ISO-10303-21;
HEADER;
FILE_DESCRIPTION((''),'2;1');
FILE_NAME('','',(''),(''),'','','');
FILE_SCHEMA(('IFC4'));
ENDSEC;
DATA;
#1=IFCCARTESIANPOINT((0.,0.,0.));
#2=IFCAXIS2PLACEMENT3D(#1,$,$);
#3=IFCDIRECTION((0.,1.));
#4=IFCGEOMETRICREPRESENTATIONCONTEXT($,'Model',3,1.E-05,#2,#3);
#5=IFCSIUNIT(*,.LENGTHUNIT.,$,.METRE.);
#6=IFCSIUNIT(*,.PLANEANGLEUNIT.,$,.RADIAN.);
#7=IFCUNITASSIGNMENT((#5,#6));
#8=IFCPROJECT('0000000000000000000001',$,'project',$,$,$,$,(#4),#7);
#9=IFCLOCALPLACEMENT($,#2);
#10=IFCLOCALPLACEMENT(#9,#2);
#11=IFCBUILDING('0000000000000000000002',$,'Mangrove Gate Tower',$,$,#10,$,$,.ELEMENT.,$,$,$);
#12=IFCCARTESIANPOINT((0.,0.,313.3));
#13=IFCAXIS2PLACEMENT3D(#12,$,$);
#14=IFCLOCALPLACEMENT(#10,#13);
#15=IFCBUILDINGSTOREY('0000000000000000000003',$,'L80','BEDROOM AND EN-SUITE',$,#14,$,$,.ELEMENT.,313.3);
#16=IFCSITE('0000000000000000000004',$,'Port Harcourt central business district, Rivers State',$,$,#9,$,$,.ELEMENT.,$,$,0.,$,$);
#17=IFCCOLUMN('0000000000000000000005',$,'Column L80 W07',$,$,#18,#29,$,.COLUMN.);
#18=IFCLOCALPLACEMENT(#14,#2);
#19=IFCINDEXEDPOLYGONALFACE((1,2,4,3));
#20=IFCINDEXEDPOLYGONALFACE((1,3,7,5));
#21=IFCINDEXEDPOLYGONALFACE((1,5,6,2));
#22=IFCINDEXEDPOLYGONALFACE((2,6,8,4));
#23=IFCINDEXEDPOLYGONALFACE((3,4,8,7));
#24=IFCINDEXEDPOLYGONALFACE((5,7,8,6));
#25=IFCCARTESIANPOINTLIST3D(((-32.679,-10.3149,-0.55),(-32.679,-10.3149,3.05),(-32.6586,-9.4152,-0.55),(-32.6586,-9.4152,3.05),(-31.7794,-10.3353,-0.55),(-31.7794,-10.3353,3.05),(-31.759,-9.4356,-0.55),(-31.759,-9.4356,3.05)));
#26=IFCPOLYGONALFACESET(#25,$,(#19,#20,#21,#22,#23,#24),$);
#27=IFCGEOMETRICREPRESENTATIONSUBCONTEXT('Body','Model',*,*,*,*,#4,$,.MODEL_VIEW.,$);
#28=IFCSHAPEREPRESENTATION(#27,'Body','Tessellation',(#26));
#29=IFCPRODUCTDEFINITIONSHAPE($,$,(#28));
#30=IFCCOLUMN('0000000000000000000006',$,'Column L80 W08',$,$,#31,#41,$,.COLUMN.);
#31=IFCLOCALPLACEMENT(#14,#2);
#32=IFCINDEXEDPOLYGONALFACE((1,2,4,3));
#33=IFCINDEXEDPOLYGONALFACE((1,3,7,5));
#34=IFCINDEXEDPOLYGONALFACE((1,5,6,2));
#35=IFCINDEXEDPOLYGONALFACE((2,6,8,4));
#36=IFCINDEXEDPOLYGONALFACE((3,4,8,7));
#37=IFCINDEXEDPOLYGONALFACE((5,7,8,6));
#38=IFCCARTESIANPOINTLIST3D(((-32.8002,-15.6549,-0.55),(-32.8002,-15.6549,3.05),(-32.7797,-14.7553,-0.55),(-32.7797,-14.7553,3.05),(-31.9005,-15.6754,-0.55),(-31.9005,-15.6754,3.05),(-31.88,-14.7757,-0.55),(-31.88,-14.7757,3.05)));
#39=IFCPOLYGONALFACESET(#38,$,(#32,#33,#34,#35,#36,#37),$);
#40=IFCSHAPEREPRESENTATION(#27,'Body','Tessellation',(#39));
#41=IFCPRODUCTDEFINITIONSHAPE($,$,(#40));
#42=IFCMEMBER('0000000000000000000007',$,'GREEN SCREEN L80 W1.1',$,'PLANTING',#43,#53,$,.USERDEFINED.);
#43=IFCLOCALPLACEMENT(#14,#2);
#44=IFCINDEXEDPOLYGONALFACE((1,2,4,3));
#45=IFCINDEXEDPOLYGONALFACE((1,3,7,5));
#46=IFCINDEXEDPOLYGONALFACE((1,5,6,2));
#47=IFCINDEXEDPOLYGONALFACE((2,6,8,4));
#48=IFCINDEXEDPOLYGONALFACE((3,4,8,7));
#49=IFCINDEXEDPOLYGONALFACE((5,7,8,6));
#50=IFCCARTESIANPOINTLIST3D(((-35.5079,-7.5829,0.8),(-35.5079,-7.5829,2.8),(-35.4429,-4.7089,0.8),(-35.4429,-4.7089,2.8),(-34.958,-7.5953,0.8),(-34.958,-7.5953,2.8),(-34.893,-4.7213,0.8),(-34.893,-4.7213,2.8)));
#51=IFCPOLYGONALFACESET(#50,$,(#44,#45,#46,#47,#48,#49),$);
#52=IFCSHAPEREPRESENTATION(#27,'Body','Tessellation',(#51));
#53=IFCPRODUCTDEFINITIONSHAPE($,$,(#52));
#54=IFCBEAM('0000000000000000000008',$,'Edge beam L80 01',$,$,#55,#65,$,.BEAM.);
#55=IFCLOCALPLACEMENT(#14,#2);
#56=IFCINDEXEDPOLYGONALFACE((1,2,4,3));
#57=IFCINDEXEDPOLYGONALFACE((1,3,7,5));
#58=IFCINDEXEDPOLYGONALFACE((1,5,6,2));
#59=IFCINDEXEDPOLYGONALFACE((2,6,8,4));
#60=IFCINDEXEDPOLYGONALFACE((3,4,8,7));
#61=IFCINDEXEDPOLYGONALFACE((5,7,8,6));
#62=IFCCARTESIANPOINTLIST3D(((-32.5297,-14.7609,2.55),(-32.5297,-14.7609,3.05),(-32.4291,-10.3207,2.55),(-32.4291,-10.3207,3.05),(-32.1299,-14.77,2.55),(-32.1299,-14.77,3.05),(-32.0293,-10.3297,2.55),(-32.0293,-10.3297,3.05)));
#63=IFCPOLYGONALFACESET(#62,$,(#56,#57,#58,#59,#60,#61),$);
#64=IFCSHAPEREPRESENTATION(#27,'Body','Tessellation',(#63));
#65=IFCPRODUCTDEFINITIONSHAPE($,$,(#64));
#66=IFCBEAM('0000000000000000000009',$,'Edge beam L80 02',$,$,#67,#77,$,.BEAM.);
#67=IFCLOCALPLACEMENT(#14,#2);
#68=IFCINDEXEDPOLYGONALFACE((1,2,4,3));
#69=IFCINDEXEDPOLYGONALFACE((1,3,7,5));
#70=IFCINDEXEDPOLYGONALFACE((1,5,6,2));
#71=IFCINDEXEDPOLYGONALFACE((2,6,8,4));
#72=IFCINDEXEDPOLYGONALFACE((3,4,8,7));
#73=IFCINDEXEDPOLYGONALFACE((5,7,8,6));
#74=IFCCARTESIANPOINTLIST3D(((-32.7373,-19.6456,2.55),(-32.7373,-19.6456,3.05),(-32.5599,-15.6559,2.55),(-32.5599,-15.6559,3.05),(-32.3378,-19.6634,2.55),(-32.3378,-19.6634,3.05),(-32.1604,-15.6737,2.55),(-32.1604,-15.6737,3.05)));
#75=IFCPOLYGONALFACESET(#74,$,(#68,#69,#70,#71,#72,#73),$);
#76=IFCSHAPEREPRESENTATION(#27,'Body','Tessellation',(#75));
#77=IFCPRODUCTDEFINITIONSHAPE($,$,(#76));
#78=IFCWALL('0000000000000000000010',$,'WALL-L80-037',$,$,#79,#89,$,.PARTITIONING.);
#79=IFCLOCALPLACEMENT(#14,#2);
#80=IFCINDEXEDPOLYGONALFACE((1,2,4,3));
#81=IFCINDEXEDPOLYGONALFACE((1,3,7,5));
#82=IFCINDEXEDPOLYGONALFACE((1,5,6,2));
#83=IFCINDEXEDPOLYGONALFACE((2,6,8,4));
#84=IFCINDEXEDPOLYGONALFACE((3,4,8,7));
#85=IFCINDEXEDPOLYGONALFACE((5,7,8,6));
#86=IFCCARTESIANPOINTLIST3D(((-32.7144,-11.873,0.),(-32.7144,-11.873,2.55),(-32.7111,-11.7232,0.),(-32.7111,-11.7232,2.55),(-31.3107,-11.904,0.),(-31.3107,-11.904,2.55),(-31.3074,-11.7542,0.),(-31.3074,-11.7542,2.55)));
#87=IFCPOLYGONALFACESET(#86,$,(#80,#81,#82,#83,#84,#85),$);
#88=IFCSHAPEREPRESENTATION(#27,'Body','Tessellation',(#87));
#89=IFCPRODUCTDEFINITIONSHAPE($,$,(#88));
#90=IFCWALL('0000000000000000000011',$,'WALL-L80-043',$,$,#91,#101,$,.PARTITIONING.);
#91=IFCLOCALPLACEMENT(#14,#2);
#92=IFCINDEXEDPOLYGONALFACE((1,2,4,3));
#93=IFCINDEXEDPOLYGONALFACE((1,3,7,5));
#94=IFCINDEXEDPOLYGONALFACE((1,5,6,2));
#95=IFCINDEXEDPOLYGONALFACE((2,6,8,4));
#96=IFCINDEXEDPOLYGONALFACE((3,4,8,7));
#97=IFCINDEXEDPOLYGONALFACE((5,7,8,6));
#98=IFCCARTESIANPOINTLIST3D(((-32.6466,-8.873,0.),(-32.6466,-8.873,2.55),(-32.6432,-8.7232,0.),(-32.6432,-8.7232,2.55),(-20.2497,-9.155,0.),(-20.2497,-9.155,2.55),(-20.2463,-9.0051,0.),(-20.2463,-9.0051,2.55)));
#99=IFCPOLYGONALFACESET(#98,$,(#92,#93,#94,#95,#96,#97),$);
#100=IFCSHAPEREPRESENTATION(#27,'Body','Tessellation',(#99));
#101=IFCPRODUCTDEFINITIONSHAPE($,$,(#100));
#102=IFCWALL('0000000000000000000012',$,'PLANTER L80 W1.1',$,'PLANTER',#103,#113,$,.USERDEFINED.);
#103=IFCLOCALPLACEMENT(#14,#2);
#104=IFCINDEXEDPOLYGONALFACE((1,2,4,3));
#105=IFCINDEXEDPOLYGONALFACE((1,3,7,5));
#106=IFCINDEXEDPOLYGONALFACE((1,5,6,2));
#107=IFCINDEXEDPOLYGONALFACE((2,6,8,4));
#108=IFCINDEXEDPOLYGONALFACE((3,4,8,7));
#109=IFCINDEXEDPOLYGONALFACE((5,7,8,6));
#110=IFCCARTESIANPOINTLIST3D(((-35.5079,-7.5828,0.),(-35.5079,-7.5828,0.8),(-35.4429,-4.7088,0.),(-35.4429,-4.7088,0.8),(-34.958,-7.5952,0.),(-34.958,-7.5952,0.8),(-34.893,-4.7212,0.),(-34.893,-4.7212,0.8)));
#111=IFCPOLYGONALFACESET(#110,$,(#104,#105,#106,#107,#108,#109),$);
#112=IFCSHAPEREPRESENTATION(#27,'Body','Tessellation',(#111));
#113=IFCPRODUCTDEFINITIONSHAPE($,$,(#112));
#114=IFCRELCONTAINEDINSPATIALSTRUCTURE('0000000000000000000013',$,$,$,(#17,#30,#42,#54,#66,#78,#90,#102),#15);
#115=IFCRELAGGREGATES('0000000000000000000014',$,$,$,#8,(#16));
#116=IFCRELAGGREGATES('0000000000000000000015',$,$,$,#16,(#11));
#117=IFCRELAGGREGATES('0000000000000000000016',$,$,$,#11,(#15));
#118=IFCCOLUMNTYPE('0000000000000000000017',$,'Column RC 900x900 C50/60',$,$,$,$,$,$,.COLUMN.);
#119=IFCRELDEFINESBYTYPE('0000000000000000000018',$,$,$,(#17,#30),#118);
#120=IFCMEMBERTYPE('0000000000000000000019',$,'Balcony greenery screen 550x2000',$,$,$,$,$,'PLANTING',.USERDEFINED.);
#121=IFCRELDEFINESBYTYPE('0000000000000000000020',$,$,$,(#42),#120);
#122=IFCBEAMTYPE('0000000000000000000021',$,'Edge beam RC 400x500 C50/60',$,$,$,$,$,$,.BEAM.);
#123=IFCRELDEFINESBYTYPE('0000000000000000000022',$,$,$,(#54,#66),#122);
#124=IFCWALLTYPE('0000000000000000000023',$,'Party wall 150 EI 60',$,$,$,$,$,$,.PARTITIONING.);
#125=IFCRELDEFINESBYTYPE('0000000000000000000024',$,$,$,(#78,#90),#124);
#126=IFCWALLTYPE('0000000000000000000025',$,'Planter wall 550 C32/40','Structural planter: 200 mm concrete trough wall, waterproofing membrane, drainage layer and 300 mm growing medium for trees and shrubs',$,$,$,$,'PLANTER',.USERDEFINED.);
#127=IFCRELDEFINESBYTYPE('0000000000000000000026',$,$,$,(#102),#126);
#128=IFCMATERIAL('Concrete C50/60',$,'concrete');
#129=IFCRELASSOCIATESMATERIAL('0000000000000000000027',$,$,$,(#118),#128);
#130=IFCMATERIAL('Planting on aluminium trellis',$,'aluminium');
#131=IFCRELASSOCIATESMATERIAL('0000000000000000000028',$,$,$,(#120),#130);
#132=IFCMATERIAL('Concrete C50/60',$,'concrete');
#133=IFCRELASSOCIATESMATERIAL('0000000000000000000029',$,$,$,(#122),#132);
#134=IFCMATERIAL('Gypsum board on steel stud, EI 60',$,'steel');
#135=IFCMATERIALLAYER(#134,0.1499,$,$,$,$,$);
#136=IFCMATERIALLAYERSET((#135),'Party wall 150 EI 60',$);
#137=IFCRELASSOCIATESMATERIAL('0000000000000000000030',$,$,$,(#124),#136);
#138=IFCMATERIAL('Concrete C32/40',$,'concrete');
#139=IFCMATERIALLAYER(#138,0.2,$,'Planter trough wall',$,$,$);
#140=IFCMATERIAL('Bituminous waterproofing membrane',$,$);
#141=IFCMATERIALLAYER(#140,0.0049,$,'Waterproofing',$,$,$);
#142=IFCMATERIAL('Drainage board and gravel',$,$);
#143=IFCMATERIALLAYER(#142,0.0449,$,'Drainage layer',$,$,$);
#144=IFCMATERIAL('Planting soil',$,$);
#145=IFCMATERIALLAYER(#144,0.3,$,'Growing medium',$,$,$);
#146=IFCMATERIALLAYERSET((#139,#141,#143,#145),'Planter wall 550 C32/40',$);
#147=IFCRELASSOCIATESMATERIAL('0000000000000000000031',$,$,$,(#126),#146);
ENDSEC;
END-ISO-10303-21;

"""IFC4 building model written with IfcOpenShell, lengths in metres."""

from ifc_helpers import new_model, si_unit, direction, frame, frame_2d, origin, origin_2d, place, context, subcontext, project, spatial, rectangle, extrude, material, layer, layer_set, material_profile, profile_set, type_object, element, save


model = new_model("IFC4")

# Units and contexts
model_context = context("Model", 3, precision=1e-05, world=origin(), true_north=direction((0.0, 1.0)))
body_context = subcontext(model_context, "Body", "Model", "MODEL_VIEW")
ifc_project = project(units=[si_unit("LENGTHUNIT", "METRE"), si_unit("PLANEANGLEUNIT", "RADIAN")], contexts=[model_context])

# Site, building, storey
site_placement = place(None, origin())
site = spatial("IfcSite", under=ifc_project, at=site_placement, Name="Port Harcourt central business district, Rivers State", CompositionType="ELEMENT", RefElevation=0.0)
building_placement = place(site_placement, origin())
building = spatial("IfcBuilding", under=site, at=building_placement, Name="Mangrove Gate Tower", CompositionType="ELEMENT")
storey_placement = place(building_placement, frame((0.0, 0.0, 313.3)))
storey = spatial("IfcBuildingStorey", under=building, at=storey_placement, Name="L80", Description="BEDROOM AND EN-SUITE", CompositionType="ELEMENT", Elevation=313.3)

# Columns
ifc_material_1 = material(Name="Concrete C50/60", Category="concrete")
ifc_material_profile_1 = material_profile(ifc_material_1, rectangle(XDim=0.8999, YDim=0.8999, at=origin_2d()))
ifc_profile_set_1 = profile_set([ifc_material_profile_1], Name="Concrete C50/60")
column_type = type_object("IfcColumnType", Name="Column RC 900x900 C50/60", PredefinedType="COLUMN", material=ifc_profile_set_1)
for number, where, z_axis, x_axis, name in (
    (1, (-32.219, -9.8752, -0.55), (0.0, 0.0, 1.0), (-0.022653, -0.999743, 0.0), "Column L80 W07"),
    (2, (-32.3401, -15.2153, -0.55), (0.0, 0.0, 1.0), (-0.022747, -0.999741, 0.0), "Column L80 W08"),
):
    element("IfcColumn", number, at=place(storey_placement, frame(where, z_axis=z_axis, x_axis=x_axis)), inside=storey, type_object=column_type, Name=name, PredefinedType="COLUMN", context=body_context, shape_type="SweptSolid", body=[
        extrude(rectangle(XDim=0.8999, YDim=0.8999, at=origin_2d()), origin(), (0.0, 0.0, 1.0), 3.6001),
    ])

# Member
ifc_material_2 = material(Name="Planting on aluminium trellis", Category="aluminium")
ifc_material_profile_2 = material_profile(ifc_material_2, rectangle(XDim=0.55, YDim=2.0, at=origin_2d()))
ifc_profile_set_2 = profile_set([ifc_material_profile_2], Name="Planting on aluminium trellis")
member_type = type_object("IfcMemberType", Name="Balcony greenery screen 550x2000", ElementType="PLANTING", PredefinedType="USERDEFINED", material=ifc_profile_set_2)
member_placement = place(storey_placement, frame((-35.2329, -7.5891, 1.8), z_axis=(0.02259, 0.999745, 0.0), x_axis=(-0.999745, 0.02259, 0.0)))
element("IfcMember", 3, at=member_placement, inside=storey, type_object=member_type, Name="GREEN SCREEN L80 W1.1", ObjectType="PLANTING", PredefinedType="USERDEFINED", context=body_context, shape_type="SweptSolid", body=[
    extrude(rectangle(XDim=0.55, YDim=2.0, at=origin_2d()), origin(), (0.0, 0.0, 1.0), 2.8748),
])

# Beams
ifc_material_3 = material(Name="Concrete C50/60", Category="concrete")
ifc_material_profile_3 = material_profile(ifc_material_3, rectangle(XDim=0.3999, YDim=0.5, at=origin_2d()))
ifc_profile_set_3 = profile_set([ifc_material_profile_3], Name="Concrete C50/60")
beam_type = type_object("IfcBeamType", Name="Edge beam RC 400x500 C50/60", PredefinedType="BEAM", material=ifc_profile_set_3)
beam_1_placement = place(storey_placement, frame((-32.2292, -10.3252, 2.8), z_axis=(-0.022648, -0.999744, 0.0), x_axis=(0.999744, -0.022648, 0.0)))
element("IfcBeam", 4, at=beam_1_placement, inside=storey, type_object=beam_type, Name="Edge beam L80 01", PredefinedType="BEAM", context=body_context, shape_type="SweptSolid", body=[
    extrude(rectangle(XDim=0.3999, YDim=0.5, at=origin_2d()), origin(), (0.0, 0.0, 1.0), 4.4414),
])
beam_2_placement = place(storey_placement, frame((-32.3601, -15.6648, 2.8), z_axis=(-0.044443, -0.999012, 0.0), x_axis=(0.999012, -0.044443, 0.0)))
element("IfcBeam", 5, at=beam_2_placement, inside=storey, type_object=beam_type, Name="Edge beam L80 02", PredefinedType="BEAM", context=body_context, shape_type="SweptSolid", body=[
    extrude(rectangle(XDim=0.3999, YDim=0.5, at=origin_2d()), origin(), (0.0, 0.0, 1.0), 3.9937),
])

# Walls
ifc_material_4 = material(Name="Gypsum board on steel stud, EI 60", Category="steel")
ifc_layer_1 = layer(ifc_material_4, 0.1499)
ifc_layer_set_1 = layer_set([ifc_layer_1], Name="Party wall 150 EI 60")
wall_type_1 = type_object("IfcWallType", Name="Party wall 150 EI 60", PredefinedType="PARTITIONING", material=ifc_layer_set_1)
wall_1_placement = place(storey_placement, frame((-32.7129, -11.7981, 0.0), z_axis=(0.0, 0.0, 1.0), x_axis=(0.999756, -0.022082, 0.0)))
element("IfcWall", 6, at=wall_1_placement, inside=storey, type_object=wall_type_1, Name="WALL-L80-037", PredefinedType="PARTITIONING", context=body_context, shape_type="SweptSolid", body=[
    extrude(rectangle(XDim=1.4041, YDim=0.1499, at=frame_2d((0.7021, 0.0))), origin(), (0.0, 0.0, 1.0), 2.55),
])
wall_2_placement = place(storey_placement, frame((-32.645, -8.7981, 0.0), z_axis=(0.0, 0.0, 1.0), x_axis=(0.999741, -0.02274, 0.0)))
element("IfcWall", 7, at=wall_2_placement, inside=storey, type_object=wall_type_1, Name="WALL-L80-043", PredefinedType="PARTITIONING", context=body_context, shape_type="SweptSolid", body=[
    extrude(rectangle(XDim=12.4001, YDim=0.1499, at=frame_2d((6.2002, 0.0))), origin(), (0.0, 0.0, 1.0), 2.55),
])
ifc_material_5 = material(Name="Concrete C32/40", Category="concrete")
ifc_layer_2 = layer(ifc_material_5, 0.2, Name="Planter trough wall")
ifc_material_6 = material(Name="Bituminous waterproofing membrane")
ifc_layer_3 = layer(ifc_material_6, 0.0049, Name="Waterproofing")
ifc_material_7 = material(Name="Drainage board and gravel")
ifc_layer_4 = layer(ifc_material_7, 0.0449, Name="Drainage layer")
ifc_material_8 = material(Name="Planting soil")
ifc_layer_5 = layer(ifc_material_8, 0.3, Name="Growing medium")
ifc_layer_set_2 = layer_set([ifc_layer_2, ifc_layer_3, ifc_layer_4, ifc_layer_5], Name="Planter wall 550 C32/40")
wall_type_2 = type_object("IfcWallType", Name="Planter wall 550 C32/40", Description="Structural planter: 200 mm concrete trough wall, waterproofing membrane, drainage layer and 300 mm growing medium for trees and shrubs", ElementType="PLANTER", PredefinedType="USERDEFINED", material=ifc_layer_set_2)
wall_3_placement = place(storey_placement, frame((-35.2329, -7.5891, 0.0), z_axis=(0.0, 0.0, 1.0), x_axis=(0.02259, 0.999745, 0.0)))
element("IfcWall", 8, at=wall_3_placement, inside=storey, type_object=wall_type_2, Name="PLANTER L80 W1.1", ObjectType="PLANTER", PredefinedType="USERDEFINED", context=body_context, shape_type="SweptSolid", body=[
    extrude(rectangle(XDim=2.8748, YDim=0.55, at=frame_2d((1.4375, 0.0))), origin(), (0.0, 0.0, 1.0), 0.8),
])

save(model, "model.ifc")
